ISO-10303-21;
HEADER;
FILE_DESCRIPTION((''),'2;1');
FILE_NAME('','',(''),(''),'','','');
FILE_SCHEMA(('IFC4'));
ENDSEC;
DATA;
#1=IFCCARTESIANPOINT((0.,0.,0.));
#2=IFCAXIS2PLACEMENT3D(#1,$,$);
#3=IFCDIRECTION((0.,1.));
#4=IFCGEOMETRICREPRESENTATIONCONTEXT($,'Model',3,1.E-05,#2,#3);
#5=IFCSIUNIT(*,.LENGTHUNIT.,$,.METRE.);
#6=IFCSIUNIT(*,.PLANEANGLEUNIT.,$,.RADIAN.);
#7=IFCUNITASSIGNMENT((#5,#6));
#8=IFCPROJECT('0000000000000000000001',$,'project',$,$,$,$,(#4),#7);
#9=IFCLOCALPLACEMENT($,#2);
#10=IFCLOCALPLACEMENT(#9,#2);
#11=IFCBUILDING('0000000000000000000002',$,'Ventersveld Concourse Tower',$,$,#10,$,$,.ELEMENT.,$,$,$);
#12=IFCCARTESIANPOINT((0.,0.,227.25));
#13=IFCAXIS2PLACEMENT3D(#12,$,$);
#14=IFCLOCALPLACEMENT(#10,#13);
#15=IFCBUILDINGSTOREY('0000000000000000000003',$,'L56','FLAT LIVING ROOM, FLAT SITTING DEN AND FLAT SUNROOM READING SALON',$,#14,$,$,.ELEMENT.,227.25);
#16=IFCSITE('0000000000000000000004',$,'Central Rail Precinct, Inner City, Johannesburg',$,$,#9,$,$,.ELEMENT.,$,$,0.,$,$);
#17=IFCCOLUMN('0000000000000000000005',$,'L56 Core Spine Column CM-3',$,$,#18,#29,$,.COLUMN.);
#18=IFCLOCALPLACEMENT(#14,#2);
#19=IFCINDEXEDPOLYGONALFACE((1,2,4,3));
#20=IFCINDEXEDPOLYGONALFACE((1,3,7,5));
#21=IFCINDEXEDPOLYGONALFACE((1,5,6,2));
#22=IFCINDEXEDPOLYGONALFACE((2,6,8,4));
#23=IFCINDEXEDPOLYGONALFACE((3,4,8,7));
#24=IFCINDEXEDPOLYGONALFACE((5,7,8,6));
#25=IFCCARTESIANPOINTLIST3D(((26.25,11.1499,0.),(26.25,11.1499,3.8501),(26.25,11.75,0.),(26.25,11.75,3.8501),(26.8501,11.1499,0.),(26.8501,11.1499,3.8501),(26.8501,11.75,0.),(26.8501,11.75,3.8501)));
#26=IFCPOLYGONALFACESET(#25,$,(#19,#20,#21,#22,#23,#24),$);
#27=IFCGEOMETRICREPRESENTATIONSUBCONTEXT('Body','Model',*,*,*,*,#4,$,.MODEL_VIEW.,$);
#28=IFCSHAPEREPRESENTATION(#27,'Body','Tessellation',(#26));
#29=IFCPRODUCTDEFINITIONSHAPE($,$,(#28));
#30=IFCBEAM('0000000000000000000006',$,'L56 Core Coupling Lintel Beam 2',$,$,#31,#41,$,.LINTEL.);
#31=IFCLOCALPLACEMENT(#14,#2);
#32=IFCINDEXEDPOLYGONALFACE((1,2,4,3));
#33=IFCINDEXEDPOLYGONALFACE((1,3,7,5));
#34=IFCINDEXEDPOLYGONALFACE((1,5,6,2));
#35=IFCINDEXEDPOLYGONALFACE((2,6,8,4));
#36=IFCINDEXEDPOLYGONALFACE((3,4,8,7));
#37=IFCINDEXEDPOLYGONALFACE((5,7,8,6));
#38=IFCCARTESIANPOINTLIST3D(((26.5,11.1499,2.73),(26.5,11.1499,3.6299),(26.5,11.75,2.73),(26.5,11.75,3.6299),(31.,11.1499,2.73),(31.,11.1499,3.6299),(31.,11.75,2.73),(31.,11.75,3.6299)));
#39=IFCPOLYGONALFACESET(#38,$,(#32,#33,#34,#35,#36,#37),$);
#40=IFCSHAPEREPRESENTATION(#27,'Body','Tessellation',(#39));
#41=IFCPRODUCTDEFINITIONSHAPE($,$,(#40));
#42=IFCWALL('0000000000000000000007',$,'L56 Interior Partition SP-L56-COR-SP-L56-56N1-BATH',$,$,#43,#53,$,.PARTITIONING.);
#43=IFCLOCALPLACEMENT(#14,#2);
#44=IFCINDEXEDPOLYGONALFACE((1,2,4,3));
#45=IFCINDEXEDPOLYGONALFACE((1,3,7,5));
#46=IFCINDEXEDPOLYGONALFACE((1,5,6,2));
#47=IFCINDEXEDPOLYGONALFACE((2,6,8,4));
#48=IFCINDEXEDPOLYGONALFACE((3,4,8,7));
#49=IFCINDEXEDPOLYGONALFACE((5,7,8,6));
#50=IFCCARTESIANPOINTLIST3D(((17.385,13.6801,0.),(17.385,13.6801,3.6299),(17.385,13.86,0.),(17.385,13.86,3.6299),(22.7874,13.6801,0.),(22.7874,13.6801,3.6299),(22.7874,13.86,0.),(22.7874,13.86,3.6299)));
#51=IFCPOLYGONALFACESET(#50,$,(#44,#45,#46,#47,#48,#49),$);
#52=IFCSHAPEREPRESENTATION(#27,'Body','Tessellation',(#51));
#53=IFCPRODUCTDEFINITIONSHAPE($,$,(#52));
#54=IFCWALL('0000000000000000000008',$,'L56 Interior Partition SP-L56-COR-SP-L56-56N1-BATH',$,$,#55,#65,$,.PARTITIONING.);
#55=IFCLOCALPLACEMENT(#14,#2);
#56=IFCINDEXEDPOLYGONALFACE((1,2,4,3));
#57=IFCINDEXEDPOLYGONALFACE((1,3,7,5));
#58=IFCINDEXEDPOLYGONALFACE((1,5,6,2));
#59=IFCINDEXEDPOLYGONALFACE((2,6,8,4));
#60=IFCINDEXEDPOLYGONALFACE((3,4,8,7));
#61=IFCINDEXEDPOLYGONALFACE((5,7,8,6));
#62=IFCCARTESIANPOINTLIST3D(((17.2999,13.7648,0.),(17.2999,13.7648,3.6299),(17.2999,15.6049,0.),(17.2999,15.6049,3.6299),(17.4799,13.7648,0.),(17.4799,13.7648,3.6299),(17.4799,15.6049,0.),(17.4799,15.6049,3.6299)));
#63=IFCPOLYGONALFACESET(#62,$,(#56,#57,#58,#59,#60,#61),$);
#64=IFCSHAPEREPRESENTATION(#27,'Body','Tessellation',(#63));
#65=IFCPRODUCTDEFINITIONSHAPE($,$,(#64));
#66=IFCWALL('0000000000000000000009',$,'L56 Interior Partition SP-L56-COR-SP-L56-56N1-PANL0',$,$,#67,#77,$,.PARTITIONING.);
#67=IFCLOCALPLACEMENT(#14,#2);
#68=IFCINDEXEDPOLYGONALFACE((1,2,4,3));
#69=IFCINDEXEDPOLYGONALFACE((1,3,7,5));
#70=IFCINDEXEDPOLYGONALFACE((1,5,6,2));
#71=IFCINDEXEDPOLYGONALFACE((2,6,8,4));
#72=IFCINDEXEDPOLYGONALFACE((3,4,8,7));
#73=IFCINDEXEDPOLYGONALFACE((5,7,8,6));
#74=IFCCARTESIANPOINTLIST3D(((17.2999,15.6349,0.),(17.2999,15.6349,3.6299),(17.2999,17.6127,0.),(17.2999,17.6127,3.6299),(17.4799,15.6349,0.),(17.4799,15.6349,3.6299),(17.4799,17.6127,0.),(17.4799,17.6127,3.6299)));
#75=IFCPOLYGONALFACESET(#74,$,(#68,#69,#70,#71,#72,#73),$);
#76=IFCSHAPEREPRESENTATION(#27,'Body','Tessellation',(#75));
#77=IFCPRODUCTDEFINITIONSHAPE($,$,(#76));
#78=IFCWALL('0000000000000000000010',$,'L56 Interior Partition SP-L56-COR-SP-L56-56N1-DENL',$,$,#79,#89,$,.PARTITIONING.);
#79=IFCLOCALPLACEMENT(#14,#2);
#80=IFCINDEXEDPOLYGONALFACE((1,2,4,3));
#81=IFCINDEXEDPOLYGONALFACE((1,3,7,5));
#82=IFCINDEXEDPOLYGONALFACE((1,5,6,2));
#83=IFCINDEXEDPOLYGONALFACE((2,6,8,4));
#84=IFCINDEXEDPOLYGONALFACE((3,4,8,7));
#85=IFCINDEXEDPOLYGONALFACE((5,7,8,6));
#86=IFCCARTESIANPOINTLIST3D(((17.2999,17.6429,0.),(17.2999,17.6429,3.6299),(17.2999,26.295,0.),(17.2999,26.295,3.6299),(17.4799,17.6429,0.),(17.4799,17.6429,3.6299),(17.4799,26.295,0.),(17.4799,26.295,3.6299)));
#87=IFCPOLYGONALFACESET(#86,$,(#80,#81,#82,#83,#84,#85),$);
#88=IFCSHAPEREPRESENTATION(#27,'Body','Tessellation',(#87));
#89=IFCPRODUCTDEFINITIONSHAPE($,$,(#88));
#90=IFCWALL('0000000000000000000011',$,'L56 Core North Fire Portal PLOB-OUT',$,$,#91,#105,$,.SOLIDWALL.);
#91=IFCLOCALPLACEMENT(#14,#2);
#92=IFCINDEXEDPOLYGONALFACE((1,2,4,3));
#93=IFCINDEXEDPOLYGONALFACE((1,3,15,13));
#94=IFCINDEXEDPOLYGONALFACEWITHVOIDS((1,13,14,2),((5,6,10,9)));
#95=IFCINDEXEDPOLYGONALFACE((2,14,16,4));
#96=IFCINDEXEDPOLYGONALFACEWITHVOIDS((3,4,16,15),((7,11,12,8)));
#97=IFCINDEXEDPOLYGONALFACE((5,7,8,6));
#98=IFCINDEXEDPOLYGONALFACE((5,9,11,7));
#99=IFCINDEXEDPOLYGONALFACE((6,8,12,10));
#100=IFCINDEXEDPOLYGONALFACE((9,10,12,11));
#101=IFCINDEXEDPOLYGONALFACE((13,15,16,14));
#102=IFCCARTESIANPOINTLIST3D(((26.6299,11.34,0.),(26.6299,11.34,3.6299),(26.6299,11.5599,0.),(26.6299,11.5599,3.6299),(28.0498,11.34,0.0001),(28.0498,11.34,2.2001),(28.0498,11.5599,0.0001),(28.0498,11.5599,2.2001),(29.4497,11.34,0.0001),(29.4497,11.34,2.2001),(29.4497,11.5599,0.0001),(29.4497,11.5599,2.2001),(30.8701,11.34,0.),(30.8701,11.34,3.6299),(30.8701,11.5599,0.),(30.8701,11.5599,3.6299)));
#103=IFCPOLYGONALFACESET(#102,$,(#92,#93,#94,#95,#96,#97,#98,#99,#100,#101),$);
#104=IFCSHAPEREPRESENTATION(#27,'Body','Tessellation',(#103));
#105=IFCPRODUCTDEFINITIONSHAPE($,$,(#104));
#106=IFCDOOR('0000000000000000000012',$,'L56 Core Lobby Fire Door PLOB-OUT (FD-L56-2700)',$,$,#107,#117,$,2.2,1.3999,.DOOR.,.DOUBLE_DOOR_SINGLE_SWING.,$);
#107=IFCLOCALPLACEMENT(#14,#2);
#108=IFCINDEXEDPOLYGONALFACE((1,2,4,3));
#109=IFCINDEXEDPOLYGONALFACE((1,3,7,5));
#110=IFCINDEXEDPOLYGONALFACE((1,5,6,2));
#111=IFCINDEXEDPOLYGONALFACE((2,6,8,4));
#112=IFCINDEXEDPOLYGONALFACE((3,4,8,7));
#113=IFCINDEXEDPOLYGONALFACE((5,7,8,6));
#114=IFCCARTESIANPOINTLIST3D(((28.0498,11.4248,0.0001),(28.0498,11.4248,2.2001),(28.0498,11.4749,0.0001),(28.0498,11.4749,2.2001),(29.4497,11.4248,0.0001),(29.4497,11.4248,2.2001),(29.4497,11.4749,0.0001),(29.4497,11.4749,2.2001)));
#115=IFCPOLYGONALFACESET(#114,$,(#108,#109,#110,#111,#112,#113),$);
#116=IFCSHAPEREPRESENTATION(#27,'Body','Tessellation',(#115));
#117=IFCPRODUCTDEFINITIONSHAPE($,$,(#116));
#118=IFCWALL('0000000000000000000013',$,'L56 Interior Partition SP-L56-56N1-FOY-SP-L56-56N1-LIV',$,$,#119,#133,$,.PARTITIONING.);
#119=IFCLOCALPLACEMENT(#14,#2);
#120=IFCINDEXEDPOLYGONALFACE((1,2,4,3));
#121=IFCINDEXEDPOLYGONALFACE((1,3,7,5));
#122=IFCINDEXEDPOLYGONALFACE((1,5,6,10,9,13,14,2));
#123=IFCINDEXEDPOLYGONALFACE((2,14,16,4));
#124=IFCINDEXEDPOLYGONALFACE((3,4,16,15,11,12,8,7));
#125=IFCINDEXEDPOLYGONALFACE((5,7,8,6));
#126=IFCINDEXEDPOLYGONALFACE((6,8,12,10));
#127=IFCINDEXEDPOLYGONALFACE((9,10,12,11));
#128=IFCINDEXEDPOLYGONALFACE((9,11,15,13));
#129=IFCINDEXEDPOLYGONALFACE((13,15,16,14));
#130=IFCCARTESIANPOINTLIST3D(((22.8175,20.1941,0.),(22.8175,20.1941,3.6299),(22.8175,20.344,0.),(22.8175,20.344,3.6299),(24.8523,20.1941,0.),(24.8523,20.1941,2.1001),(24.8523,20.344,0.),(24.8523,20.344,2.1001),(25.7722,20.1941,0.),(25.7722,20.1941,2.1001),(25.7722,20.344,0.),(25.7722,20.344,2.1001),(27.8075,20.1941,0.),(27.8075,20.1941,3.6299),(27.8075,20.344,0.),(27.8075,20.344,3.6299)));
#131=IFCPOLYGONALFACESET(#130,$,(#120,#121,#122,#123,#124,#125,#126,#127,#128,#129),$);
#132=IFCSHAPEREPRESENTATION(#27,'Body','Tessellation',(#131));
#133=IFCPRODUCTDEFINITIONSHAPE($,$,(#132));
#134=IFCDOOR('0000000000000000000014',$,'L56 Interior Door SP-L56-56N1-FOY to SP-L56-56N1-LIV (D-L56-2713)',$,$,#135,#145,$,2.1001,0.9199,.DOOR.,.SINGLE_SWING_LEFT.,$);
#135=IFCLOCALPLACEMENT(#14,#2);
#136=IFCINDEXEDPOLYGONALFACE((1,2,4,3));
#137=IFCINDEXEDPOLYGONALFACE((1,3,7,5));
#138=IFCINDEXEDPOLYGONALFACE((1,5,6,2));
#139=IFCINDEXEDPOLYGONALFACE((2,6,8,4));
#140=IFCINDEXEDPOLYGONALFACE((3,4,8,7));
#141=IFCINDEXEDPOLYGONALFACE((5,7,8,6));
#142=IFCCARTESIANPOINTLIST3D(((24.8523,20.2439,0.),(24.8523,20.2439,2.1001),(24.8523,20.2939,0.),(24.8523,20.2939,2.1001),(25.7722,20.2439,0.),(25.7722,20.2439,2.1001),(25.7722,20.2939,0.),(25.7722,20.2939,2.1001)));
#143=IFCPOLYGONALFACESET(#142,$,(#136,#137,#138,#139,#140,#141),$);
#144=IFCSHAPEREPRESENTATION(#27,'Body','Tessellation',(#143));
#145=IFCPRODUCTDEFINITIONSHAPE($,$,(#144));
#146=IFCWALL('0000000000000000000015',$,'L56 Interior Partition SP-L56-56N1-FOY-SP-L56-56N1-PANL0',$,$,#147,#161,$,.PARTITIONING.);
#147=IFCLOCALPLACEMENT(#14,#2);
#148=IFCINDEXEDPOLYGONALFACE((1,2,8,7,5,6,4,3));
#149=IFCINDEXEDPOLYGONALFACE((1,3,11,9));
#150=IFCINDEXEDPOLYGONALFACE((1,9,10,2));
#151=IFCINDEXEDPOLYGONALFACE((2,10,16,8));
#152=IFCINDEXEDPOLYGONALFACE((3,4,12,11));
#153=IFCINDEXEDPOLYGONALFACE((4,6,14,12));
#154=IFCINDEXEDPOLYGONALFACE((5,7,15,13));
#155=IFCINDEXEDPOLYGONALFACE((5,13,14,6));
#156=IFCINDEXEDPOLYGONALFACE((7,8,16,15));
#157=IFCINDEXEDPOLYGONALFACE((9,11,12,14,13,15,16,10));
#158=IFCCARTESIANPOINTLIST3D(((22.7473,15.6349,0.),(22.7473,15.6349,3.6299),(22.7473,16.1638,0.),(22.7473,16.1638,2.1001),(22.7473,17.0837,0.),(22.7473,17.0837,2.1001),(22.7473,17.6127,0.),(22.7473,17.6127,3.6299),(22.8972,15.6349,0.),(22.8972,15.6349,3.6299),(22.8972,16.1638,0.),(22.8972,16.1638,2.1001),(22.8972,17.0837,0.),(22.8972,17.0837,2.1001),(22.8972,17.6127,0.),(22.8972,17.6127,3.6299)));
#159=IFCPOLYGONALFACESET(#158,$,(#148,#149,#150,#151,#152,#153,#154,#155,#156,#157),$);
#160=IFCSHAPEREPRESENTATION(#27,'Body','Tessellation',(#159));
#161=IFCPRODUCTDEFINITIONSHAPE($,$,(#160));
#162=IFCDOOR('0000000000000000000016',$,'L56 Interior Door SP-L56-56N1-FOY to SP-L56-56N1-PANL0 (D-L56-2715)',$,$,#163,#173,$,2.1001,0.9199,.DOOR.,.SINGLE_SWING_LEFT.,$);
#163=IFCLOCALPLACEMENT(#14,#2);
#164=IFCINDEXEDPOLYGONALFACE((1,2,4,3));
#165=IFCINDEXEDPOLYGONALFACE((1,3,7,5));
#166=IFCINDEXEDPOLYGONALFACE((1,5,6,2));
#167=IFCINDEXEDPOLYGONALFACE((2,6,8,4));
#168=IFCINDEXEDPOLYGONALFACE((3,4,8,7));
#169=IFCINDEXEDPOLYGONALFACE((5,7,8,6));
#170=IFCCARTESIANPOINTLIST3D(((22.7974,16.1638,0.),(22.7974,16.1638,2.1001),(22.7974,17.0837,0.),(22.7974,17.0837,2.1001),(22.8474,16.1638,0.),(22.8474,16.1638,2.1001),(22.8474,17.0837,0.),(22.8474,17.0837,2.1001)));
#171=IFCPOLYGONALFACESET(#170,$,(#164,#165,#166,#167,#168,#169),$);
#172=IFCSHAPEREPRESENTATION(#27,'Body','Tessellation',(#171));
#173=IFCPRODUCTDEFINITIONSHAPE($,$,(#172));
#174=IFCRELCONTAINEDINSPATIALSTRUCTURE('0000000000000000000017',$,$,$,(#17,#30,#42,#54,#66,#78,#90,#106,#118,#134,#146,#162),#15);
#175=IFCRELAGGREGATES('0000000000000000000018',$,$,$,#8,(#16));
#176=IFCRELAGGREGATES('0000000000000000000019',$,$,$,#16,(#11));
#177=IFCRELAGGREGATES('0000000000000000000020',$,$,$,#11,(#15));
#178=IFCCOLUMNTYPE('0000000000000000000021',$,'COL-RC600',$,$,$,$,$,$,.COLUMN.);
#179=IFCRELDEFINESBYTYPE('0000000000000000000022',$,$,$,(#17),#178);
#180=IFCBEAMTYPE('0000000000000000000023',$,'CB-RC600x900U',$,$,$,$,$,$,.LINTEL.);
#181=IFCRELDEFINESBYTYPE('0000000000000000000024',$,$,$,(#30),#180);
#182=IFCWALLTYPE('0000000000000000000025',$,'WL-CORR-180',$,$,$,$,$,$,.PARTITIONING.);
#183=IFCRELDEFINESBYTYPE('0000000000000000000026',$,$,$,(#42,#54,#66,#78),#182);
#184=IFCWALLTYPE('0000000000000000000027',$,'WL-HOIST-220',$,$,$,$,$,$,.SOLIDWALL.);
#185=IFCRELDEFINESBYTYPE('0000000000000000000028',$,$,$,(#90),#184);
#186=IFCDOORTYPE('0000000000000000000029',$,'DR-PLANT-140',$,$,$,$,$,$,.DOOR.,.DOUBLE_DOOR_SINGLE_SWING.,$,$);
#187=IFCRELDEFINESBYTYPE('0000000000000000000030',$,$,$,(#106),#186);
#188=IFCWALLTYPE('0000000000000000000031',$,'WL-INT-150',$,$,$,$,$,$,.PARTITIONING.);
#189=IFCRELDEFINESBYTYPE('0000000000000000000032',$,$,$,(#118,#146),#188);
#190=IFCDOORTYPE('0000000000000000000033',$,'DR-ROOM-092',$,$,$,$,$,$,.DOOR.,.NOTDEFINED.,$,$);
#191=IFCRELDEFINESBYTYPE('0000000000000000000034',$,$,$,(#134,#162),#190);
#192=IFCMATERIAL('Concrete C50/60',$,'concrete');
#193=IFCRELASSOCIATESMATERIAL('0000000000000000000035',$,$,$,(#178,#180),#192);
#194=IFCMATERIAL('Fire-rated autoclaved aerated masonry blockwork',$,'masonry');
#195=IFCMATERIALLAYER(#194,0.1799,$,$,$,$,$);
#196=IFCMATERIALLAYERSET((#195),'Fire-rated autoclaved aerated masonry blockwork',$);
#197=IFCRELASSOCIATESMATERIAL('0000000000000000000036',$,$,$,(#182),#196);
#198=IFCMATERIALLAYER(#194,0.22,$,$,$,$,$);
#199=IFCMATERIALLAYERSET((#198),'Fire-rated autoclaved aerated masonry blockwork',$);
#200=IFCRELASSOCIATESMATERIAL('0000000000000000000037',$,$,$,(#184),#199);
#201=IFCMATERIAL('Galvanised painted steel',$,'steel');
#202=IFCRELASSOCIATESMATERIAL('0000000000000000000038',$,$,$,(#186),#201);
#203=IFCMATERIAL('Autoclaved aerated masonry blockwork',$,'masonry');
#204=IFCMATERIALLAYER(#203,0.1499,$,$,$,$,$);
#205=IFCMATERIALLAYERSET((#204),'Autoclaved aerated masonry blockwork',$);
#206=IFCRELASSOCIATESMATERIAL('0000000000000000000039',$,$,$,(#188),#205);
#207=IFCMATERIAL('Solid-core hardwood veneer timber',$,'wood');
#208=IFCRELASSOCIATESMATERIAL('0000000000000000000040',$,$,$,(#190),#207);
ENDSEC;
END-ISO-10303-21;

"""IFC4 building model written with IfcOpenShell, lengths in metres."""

from ifc_helpers import new_model, si_unit, direction, frame, frame_2d, origin, origin_2d, place, context, subcontext, project, spatial, rectangle, extrude, material, layer, layer_set, material_profile, profile_set, type_object, element, fill, save


model = new_model("IFC4")

# Units and contexts
model_context = context("Model", 3, precision=1e-05, world=origin(), true_north=direction((0.0, 1.0)))
body_context = subcontext(model_context, "Body", "Model", "MODEL_VIEW")
ifc_project = project(units=[si_unit("LENGTHUNIT", "METRE"), si_unit("PLANEANGLEUNIT", "RADIAN")], contexts=[model_context])

# Site, building, storey
site_placement = place(None, origin())
site = spatial("IfcSite", under=ifc_project, at=site_placement, Name="Central Rail Precinct, Inner City, Johannesburg", CompositionType="ELEMENT", RefElevation=0.0)
building_placement = place(site_placement, origin())
building = spatial("IfcBuilding", under=site, at=building_placement, Name="Ventersveld Concourse Tower", CompositionType="ELEMENT")
storey_placement = place(building_placement, frame((0.0, 0.0, 227.25)))
storey = spatial("IfcBuildingStorey", under=building, at=storey_placement, Name="L56", Description="FLAT LIVING ROOM, FLAT SITTING DEN AND FLAT SUNROOM READING SALON", CompositionType="ELEMENT", Elevation=227.25)

# Column
ifc_material_1 = material(Name="Concrete C50/60", Category="concrete")
ifc_material_profile_1 = material_profile(ifc_material_1, rectangle(XDim=0.6001, YDim=0.6001, at=origin_2d()), Name="RC 600x600")
ifc_profile_set_1 = profile_set([ifc_material_profile_1], Name="Concrete C50/60")
column_type = type_object("IfcColumnType", Name="COL-RC600", PredefinedType="COLUMN", material=ifc_profile_set_1)
column_placement = place(storey_placement, frame((26.55, 11.45, 0.0), z_axis=(0.0, 0.0, 1.0), x_axis=(1.0, 0.0, 0.0)))
element("IfcColumn", 1, at=column_placement, inside=storey, type_object=column_type, Name="L56 Core Spine Column CM-3", PredefinedType="COLUMN", context=body_context, shape_type="SweptSolid", body=[
    extrude(rectangle(XDim=0.6001, YDim=0.6001, at=origin_2d()), origin(), (0.0, 0.0, 1.0), 3.8501),
])

# Beam
ifc_material_profile_2 = material_profile(ifc_material_1, rectangle(XDim=0.6001, YDim=0.8999, at=origin_2d()), Name="RC 600x900")
ifc_profile_set_2 = profile_set([ifc_material_profile_2], Name="Concrete C50/60")
beam_type = type_object("IfcBeamType", Name="CB-RC600x900U", PredefinedType="LINTEL", material=ifc_profile_set_2)
beam_placement = place(storey_placement, frame((26.5, 11.45, 3.1799), z_axis=(1.0, 0.0, 0.0), x_axis=(0.0, 1.0, 0.0)))
element("IfcBeam", 2, at=beam_placement, inside=storey, type_object=beam_type, Name="L56 Core Coupling Lintel Beam 2", PredefinedType="LINTEL", context=body_context, shape_type="SweptSolid", body=[
    extrude(rectangle(XDim=0.6001, YDim=0.8999, at=origin_2d()), origin(), (0.0, 0.0, 1.0), 4.5),
])

# Shared definitions
ifc_material_2 = material(Name="Fire-rated autoclaved aerated masonry blockwork", Category="masonry")
ifc_layer_1 = layer(ifc_material_2, 0.1799)
ifc_layer_set_1 = layer_set([ifc_layer_1], Name="Fire-rated autoclaved aerated masonry blockwork")
wall_type_1 = type_object("IfcWallType", Name="WL-CORR-180", PredefinedType="PARTITIONING", material=ifc_layer_set_1)
ifc_material_3 = material(Name="Solid-core hardwood veneer timber", Category="wood")

# Walls
wall_1_placement = place(storey_placement, frame((17.385, 13.77, 0.0), z_axis=(0.0, 0.0, 1.0), x_axis=(1.0, 0.0, 0.0)))
element("IfcWall", 3, at=wall_1_placement, inside=storey, type_object=wall_type_1, Name="L56 Interior Partition SP-L56-COR-SP-L56-56N1-BATH", PredefinedType="PARTITIONING", context=body_context, shape_type="SweptSolid", body=[
    extrude(rectangle(XDim=5.4023, YDim=0.1799, at=frame_2d((2.7012, 0.0))), origin(), (0.0, 0.0, 1.0), 3.6299),
])
wall_2_placement = place(storey_placement, frame((17.3899, 13.7649, 0.0), z_axis=(0.0, 0.0, 1.0), x_axis=(0.0, 1.0, 0.0)))
element("IfcWall", 4, at=wall_2_placement, inside=storey, type_object=wall_type_1, Name="L56 Interior Partition SP-L56-COR-SP-L56-56N1-BATH", PredefinedType="PARTITIONING", context=body_context, shape_type="SweptSolid", body=[
    extrude(rectangle(XDim=1.8401, YDim=0.1799, at=frame_2d((0.9199, 0.0))), origin(), (0.0, 0.0, 1.0), 3.6299),
])
wall_3_placement = place(storey_placement, frame((17.3899, 15.635, 0.0), z_axis=(0.0, 0.0, 1.0), x_axis=(0.0, 1.0, 0.0)))
element("IfcWall", 5, at=wall_3_placement, inside=storey, type_object=wall_type_1, Name="L56 Interior Partition SP-L56-COR-SP-L56-56N1-PANL0", PredefinedType="PARTITIONING", context=body_context, shape_type="SweptSolid", body=[
    extrude(rectangle(XDim=1.9778, YDim=0.1799, at=frame_2d((0.9888, 0.0))), origin(), (0.0, 0.0, 1.0), 3.6299),
])
wall_4_placement = place(storey_placement, frame((17.3899, 17.6428, 0.0), z_axis=(0.0, 0.0, 1.0), x_axis=(0.0, 1.0, 0.0)))
element("IfcWall", 6, at=wall_4_placement, inside=storey, type_object=wall_type_1, Name="L56 Interior Partition SP-L56-COR-SP-L56-56N1-DENL", PredefinedType="PARTITIONING", context=body_context, shape_type="SweptSolid", body=[
    extrude(rectangle(XDim=8.6521, YDim=0.1799, at=frame_2d((4.3262, 0.0))), origin(), (0.0, 0.0, 1.0), 3.6299),
])

# Walls, openings, doors
ifc_layer_2 = layer(ifc_material_2, 0.22)
ifc_layer_set_2 = layer_set([ifc_layer_2], Name="Fire-rated autoclaved aerated masonry blockwork")
wall_type_2 = type_object("IfcWallType", Name="WL-HOIST-220", PredefinedType="SOLIDWALL", material=ifc_layer_set_2)
wall_5_placement = place(storey_placement, frame((26.6299, 11.45, 0.0), z_axis=(0.0, 0.0, 1.0), x_axis=(1.0, 0.0, 0.0)))
wall_5 = element("IfcWall", 7, at=wall_5_placement, inside=storey, type_object=wall_type_2, Name="L56 Core North Fire Portal PLOB-OUT", PredefinedType="SOLIDWALL", context=body_context, shape_type="SweptSolid", body=[
    extrude(rectangle(XDim=4.2402, YDim=0.22, at=frame_2d((2.1201, 0.0))), origin(), (0.0, 0.0, 1.0), 3.6299),
])
opening_1_placement = place(wall_5_placement, frame((1.4199, 0.0, 0.0)))
opening_1 = element("IfcOpeningElement", 8, at=opening_1_placement, cuts=wall_5, PredefinedType="OPENING", context=body_context, shape_type="SweptSolid", body=[
    extrude(rectangle(XDim=1.3999, YDim=2.2, at=frame_2d((0.7, 1.1001))), frame((0.0, 0.1201, 0.0), z_axis=(0.0, -1.0, 0.0), x_axis=(1.0, 0.0, 0.0)), (0.0, 0.0, 1.0), 0.24),
])
ifc_material_4 = material(Name="Galvanised painted steel", Category="steel")
door_type_1 = type_object("IfcDoorType", Name="DR-PLANT-140", OperationType="DOUBLE_DOOR_SINGLE_SWING", PredefinedType="DOOR", material=ifc_material_4)
door_1_placement = place(opening_1_placement, origin())
door_1 = element("IfcDoor", 9, at=door_1_placement, inside=storey, type_object=door_type_1, Name="L56 Core Lobby Fire Door PLOB-OUT (FD-L56-2700)", OperationType="DOUBLE_DOOR_SINGLE_SWING", OverallHeight=2.2, OverallWidth=1.3999, PredefinedType="DOOR", context=body_context, shape_type="SweptSolid", body=[
    extrude(rectangle(XDim=1.3999, YDim=2.2, at=frame_2d((0.7, 1.1001))), frame((0.0, 0.0249, 0.0), z_axis=(0.0, -1.0, 0.0), x_axis=(1.0, 0.0, 0.0)), (0.0, 0.0, 1.0), 0.05),
])
fill(opening_1, door_1)
ifc_material_5 = material(Name="Autoclaved aerated masonry blockwork", Category="masonry")
ifc_layer_3 = layer(ifc_material_5, 0.1499)
ifc_layer_set_3 = layer_set([ifc_layer_3], Name="Autoclaved aerated masonry blockwork")
wall_type_3 = type_object("IfcWallType", Name="WL-INT-150", PredefinedType="PARTITIONING", material=ifc_layer_set_3)
wall_6_placement = place(storey_placement, frame((22.8174, 20.269, 0.0), z_axis=(0.0, 0.0, 1.0), x_axis=(1.0, 0.0, 0.0)))
wall_6 = element("IfcWall", 10, at=wall_6_placement, inside=storey, type_object=wall_type_3, Name="L56 Interior Partition SP-L56-56N1-FOY-SP-L56-56N1-LIV", PredefinedType="PARTITIONING", context=body_context, shape_type="SweptSolid", body=[
    extrude(rectangle(XDim=4.99, YDim=0.1499, at=frame_2d((2.4951, 0.0))), origin(), (0.0, 0.0, 1.0), 3.6299),
])
opening_2_placement = place(wall_6_placement, frame((2.0349, 0.0, 0.0)))
opening_2 = element("IfcOpeningElement", 11, at=opening_2_placement, cuts=wall_6, PredefinedType="OPENING", context=body_context, shape_type="SweptSolid", body=[
    extrude(rectangle(XDim=0.9199, YDim=2.1001, at=frame_2d((0.46, 1.05))), frame((0.0, 0.085, 0.0), z_axis=(0.0, -1.0, 0.0), x_axis=(1.0, 0.0, 0.0)), (0.0, 0.0, 1.0), 0.1699),
])
door_type_2 = type_object("IfcDoorType", Name="DR-ROOM-092", OperationType="NOTDEFINED", PredefinedType="DOOR", material=ifc_material_3)
door_2_placement = place(opening_2_placement, origin())
door_2 = element("IfcDoor", 12, at=door_2_placement, inside=storey, type_object=door_type_2, Name="L56 Interior Door SP-L56-56N1-FOY to SP-L56-56N1-LIV (D-L56-2713)", OperationType="SINGLE_SWING_LEFT", OverallHeight=2.1001, OverallWidth=0.9199, PredefinedType="DOOR", context=body_context, shape_type="SweptSolid", body=[
    extrude(rectangle(XDim=0.9199, YDim=2.1001, at=frame_2d((0.46, 1.05))), frame((0.0, 0.0249, 0.0), z_axis=(0.0, -1.0, 0.0), x_axis=(1.0, 0.0, 0.0)), (0.0, 0.0, 1.0), 0.05),
])
fill(opening_2, door_2)
wall_7_placement = place(storey_placement, frame((22.8223, 15.635, 0.0), z_axis=(0.0, 0.0, 1.0), x_axis=(0.0, 1.0, 0.0)))
wall_7 = element("IfcWall", 13, at=wall_7_placement, inside=storey, type_object=wall_type_3, Name="L56 Interior Partition SP-L56-56N1-FOY-SP-L56-56N1-PANL0", PredefinedType="PARTITIONING", context=body_context, shape_type="SweptSolid", body=[
    extrude(rectangle(XDim=1.9778, YDim=0.1499, at=frame_2d((0.9888, 0.0))), origin(), (0.0, 0.0, 1.0), 3.6299),
])
opening_3_placement = place(wall_7_placement, frame((0.5288, 0.0, 0.0)))
opening_3 = element("IfcOpeningElement", 14, at=opening_3_placement, cuts=wall_7, PredefinedType="OPENING", context=body_context, shape_type="SweptSolid", body=[
    extrude(rectangle(XDim=0.9199, YDim=2.1001, at=frame_2d((0.46, 1.05))), frame((0.0, 0.085, 0.0), z_axis=(0.0, -1.0, 0.0), x_axis=(1.0, 0.0, 0.0)), (0.0, 0.0, 1.0), 0.1699),
])
door_3_placement = place(opening_3_placement, origin())
door_3 = element("IfcDoor", 15, at=door_3_placement, inside=storey, type_object=door_type_2, Name="L56 Interior Door SP-L56-56N1-FOY to SP-L56-56N1-PANL0 (D-L56-2715)", OperationType="SINGLE_SWING_LEFT", OverallHeight=2.1001, OverallWidth=0.9199, PredefinedType="DOOR", context=body_context, shape_type="SweptSolid", body=[
    extrude(rectangle(XDim=0.9199, YDim=2.1001, at=frame_2d((0.46, 1.05))), frame((0.0, 0.0249, 0.0), z_axis=(0.0, -1.0, 0.0), x_axis=(1.0, 0.0, 0.0)), (0.0, 0.0, 1.0), 0.05),
])
fill(opening_3, door_3)

save(model, "model.ifc")
